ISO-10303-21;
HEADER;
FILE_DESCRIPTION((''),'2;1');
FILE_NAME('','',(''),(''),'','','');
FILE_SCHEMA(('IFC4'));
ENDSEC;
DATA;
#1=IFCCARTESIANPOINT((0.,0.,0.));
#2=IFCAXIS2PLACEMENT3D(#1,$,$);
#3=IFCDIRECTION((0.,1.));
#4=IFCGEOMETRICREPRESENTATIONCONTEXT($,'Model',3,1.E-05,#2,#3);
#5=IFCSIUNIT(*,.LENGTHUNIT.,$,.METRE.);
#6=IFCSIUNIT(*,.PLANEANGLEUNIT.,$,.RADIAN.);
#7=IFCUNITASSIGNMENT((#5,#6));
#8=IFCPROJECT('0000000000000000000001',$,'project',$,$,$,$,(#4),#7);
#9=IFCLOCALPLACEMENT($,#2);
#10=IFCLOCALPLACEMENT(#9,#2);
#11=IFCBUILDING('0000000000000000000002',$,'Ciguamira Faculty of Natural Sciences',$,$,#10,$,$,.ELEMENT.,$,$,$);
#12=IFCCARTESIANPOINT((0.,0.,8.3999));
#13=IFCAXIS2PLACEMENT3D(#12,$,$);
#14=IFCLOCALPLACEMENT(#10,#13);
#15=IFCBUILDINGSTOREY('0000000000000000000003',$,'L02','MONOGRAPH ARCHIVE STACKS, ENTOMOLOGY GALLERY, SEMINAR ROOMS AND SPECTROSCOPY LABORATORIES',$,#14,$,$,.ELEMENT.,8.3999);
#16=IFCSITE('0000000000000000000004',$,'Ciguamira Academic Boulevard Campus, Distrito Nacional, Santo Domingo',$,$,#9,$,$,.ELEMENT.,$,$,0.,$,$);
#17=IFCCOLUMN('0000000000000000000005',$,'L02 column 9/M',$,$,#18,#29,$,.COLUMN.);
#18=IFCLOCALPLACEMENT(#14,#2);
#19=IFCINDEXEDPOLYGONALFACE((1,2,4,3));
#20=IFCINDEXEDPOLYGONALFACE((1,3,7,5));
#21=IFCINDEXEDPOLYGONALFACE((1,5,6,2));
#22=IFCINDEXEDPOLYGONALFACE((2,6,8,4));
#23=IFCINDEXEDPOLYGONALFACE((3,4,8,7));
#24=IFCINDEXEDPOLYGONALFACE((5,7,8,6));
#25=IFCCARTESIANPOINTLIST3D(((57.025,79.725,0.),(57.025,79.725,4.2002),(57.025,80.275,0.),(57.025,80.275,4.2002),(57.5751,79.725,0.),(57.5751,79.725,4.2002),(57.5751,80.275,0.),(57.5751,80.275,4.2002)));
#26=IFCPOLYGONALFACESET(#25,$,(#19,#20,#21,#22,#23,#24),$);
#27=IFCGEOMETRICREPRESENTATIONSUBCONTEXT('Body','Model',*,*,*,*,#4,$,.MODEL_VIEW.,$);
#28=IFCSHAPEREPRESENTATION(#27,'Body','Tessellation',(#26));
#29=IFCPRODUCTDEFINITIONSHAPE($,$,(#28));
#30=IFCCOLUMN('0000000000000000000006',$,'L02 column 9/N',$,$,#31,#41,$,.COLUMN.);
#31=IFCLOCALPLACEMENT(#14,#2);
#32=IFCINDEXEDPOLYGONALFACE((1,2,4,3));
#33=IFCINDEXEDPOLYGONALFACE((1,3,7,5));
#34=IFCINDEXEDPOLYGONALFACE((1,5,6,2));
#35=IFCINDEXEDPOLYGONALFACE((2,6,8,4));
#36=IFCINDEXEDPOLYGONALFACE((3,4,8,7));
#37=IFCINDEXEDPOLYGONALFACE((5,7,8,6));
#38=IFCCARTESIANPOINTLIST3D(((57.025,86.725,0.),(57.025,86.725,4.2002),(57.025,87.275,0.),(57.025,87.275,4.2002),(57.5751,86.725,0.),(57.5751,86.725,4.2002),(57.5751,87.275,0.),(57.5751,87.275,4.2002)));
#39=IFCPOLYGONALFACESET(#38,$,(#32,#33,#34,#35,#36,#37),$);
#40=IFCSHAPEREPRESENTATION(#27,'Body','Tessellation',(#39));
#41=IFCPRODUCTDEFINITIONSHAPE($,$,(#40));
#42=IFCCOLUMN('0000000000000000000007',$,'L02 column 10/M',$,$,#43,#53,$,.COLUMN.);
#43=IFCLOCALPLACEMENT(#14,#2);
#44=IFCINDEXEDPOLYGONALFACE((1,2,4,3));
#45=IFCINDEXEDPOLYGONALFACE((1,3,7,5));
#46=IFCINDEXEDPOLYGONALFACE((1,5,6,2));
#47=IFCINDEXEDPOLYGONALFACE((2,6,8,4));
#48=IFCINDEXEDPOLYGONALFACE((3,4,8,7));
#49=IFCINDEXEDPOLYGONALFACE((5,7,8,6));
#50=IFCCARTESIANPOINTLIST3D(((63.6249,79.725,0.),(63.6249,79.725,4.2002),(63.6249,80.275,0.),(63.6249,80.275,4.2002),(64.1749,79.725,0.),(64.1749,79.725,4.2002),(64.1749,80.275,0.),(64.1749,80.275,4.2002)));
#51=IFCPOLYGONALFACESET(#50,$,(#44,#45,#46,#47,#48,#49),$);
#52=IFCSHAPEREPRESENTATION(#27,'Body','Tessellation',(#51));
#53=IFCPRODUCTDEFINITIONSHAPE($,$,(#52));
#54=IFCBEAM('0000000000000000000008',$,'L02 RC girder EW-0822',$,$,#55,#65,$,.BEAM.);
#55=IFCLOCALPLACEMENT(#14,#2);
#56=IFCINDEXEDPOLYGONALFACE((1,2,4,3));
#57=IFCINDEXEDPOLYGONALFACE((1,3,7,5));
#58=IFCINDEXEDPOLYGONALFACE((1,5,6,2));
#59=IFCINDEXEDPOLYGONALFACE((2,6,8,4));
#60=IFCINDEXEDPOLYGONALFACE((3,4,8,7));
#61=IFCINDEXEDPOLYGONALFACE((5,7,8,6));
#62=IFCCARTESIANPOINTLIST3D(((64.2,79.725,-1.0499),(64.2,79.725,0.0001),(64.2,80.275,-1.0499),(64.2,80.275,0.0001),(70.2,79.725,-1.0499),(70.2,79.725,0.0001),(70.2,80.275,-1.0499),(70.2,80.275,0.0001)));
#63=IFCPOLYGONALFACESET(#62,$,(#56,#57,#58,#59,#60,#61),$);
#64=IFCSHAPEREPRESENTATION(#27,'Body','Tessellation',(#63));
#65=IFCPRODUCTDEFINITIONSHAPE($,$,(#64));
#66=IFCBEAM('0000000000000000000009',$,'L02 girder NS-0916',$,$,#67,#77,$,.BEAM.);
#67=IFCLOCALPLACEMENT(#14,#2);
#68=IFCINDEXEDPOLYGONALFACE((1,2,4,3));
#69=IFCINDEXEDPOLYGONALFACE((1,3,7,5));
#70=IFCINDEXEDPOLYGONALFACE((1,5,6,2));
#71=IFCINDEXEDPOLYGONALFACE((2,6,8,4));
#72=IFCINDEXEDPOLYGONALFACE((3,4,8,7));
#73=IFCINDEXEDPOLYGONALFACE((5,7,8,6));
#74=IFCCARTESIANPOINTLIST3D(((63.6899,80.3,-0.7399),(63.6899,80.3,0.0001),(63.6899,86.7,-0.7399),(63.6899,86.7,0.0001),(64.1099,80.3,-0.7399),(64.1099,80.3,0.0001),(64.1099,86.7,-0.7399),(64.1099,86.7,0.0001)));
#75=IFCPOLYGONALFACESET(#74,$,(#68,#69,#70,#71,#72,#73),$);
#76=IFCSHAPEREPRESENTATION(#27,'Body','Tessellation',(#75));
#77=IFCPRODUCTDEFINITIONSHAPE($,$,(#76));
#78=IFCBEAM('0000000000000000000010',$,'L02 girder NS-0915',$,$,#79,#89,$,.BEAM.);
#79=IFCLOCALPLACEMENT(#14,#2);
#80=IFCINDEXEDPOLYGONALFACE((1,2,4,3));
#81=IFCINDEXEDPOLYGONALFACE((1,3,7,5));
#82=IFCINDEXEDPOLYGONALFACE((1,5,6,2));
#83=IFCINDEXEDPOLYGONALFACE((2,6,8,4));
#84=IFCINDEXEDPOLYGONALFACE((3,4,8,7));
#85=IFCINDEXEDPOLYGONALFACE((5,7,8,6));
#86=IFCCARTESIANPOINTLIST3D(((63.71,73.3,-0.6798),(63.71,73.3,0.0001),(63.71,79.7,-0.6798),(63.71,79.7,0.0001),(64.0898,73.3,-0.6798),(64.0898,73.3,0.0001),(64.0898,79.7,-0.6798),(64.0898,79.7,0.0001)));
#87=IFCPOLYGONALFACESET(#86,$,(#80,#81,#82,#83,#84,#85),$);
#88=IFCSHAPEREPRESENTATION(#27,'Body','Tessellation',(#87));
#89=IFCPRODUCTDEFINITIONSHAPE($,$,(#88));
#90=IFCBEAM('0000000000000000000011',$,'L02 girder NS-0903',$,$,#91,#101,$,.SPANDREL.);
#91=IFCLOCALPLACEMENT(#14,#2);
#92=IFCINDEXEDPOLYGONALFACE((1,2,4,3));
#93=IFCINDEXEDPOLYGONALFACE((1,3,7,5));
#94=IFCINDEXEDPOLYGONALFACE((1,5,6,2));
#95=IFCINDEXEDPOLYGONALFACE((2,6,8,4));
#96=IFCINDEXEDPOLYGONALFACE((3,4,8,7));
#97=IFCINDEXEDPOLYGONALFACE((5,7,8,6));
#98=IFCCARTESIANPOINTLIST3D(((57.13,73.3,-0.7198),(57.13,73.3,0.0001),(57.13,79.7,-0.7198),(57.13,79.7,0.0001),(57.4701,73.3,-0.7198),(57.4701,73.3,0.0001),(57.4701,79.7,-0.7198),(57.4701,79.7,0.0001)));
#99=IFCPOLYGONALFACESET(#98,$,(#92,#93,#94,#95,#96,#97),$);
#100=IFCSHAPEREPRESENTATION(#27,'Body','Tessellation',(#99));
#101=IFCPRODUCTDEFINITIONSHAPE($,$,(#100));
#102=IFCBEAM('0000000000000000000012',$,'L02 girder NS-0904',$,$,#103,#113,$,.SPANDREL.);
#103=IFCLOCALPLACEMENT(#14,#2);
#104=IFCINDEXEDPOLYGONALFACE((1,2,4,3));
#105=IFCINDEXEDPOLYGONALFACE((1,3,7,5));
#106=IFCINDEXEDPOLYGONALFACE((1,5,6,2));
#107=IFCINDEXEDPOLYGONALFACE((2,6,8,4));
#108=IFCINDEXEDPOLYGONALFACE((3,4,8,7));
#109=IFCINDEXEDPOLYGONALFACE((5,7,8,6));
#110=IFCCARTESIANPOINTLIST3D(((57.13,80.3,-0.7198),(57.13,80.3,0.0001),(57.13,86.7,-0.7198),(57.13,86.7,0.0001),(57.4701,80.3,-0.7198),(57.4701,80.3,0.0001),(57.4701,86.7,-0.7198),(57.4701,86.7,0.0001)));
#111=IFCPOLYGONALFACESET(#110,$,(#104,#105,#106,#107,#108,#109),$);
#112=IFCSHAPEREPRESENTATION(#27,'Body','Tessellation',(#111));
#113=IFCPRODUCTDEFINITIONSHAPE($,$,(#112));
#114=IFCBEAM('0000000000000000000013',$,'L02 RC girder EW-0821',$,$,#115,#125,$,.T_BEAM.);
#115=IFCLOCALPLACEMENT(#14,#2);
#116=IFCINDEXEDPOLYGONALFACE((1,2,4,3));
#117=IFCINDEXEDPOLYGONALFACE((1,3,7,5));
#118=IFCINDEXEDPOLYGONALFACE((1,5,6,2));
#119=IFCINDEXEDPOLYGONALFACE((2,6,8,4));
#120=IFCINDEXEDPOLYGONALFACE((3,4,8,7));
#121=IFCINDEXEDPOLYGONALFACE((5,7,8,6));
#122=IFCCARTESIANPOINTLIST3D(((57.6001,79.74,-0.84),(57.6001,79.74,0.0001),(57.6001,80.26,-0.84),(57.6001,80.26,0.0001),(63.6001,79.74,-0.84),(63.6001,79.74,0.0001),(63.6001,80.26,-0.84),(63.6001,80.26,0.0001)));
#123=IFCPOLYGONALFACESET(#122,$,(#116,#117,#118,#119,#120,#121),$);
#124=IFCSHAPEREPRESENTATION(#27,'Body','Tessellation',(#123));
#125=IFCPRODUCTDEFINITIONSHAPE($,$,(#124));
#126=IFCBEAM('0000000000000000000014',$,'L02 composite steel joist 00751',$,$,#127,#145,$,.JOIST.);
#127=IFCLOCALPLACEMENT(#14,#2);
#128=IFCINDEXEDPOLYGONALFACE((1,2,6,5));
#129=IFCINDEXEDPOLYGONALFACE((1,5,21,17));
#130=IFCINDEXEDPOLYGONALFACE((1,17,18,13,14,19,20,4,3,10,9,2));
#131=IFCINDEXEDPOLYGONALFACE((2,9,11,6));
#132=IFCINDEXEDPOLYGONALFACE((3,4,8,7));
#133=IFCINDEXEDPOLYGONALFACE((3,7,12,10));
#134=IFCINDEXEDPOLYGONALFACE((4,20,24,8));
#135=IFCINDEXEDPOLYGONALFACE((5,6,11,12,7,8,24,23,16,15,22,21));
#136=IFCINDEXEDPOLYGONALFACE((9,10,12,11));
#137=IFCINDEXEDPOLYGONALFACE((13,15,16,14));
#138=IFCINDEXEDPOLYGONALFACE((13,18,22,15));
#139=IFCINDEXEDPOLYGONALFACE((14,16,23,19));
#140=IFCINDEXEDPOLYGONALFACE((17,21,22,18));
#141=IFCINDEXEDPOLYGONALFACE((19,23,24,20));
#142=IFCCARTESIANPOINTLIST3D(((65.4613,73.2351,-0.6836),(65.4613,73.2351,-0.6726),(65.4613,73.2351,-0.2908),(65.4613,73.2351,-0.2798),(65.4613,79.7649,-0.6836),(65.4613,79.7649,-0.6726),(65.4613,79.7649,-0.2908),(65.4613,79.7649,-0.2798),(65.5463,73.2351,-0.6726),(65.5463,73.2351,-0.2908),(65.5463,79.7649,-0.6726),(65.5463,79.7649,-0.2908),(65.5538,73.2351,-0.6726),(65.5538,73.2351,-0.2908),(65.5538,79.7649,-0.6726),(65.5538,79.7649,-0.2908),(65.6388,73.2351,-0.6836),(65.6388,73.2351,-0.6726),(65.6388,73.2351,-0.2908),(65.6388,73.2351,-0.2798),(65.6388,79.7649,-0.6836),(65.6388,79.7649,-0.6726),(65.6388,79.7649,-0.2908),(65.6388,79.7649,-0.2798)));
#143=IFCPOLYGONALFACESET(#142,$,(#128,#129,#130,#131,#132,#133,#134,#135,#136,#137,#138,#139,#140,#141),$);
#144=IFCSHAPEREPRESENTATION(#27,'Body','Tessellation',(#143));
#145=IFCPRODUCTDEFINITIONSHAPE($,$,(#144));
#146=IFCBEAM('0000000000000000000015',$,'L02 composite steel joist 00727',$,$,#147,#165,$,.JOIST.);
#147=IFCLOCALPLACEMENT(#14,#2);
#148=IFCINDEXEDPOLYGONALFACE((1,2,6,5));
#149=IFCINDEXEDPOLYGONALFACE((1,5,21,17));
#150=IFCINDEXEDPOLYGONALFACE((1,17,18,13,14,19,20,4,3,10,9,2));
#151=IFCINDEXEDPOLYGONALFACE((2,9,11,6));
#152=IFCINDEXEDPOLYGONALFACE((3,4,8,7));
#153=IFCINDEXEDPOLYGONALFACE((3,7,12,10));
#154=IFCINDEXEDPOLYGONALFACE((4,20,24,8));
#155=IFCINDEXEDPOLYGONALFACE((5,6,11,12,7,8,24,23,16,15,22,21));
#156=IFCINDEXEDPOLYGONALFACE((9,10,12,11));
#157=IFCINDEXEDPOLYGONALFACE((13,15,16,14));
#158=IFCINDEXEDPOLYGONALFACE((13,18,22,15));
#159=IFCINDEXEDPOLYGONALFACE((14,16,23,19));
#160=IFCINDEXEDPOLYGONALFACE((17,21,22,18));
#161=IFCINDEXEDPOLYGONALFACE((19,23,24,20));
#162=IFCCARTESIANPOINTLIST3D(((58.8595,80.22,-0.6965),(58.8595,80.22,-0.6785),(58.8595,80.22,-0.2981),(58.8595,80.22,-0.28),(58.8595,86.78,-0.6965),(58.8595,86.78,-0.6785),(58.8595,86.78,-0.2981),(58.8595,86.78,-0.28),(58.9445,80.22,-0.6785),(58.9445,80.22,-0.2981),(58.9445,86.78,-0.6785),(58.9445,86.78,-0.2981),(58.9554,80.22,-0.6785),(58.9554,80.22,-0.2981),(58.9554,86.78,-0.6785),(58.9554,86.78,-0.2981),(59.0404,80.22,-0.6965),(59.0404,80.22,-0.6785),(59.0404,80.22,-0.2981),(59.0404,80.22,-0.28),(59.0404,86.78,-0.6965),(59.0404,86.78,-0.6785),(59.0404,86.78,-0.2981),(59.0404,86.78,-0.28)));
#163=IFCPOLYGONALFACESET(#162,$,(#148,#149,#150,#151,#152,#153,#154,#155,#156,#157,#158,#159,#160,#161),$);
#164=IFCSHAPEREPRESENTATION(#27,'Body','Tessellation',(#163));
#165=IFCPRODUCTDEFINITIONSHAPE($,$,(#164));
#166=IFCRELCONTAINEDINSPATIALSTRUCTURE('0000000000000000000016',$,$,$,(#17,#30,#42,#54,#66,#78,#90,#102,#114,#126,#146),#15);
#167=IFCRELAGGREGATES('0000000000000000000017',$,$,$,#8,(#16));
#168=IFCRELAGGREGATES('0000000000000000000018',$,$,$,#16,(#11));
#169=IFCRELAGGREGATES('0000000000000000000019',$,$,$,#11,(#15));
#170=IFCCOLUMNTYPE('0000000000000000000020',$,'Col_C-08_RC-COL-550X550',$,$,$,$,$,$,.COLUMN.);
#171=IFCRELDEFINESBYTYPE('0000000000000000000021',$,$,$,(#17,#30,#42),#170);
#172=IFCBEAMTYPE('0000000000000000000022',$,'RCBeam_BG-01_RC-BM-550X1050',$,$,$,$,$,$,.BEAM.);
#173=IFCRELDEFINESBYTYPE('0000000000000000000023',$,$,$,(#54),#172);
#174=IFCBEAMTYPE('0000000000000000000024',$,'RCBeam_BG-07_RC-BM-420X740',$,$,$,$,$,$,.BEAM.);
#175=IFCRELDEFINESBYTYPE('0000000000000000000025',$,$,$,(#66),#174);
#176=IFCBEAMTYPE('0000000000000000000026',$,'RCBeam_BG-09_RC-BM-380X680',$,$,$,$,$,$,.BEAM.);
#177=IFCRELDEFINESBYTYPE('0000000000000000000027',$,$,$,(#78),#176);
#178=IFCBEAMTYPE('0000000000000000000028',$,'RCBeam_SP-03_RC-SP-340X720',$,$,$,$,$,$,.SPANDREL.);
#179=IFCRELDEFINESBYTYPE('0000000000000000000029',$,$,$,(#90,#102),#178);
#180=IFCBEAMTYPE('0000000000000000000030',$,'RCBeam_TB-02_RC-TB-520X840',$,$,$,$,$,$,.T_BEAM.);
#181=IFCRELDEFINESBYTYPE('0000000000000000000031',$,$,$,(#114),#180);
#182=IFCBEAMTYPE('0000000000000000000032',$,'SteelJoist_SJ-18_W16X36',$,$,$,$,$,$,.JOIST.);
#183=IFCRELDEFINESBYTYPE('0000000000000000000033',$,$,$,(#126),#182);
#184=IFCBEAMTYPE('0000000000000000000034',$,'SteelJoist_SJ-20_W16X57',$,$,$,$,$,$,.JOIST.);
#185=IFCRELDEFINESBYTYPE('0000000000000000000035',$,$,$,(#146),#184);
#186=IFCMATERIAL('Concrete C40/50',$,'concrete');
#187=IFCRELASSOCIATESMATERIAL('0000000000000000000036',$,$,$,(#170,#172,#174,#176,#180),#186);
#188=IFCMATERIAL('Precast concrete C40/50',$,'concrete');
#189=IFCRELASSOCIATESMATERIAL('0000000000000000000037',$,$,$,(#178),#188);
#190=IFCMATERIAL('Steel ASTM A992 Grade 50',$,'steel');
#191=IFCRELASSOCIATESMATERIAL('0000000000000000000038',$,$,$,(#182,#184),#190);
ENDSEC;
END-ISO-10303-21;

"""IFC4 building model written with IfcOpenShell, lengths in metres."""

from ifc_helpers import new_model, si_unit, direction, frame, origin, origin_2d, place, context, subcontext, project, spatial, rectangle, i_section, extrude, material, material_profile, profile_set, type_object, element, save


model = new_model("IFC4")

# Units and contexts
model_context = context("Model", 3, precision=1e-05, world=origin(), true_north=direction((0.0, 1.0)))
body_context = subcontext(model_context, "Body", "Model", "MODEL_VIEW")
ifc_project = project(units=[si_unit("LENGTHUNIT", "METRE"), si_unit("PLANEANGLEUNIT", "RADIAN")], contexts=[model_context])

# Site, building, storey
site_placement = place(None, origin())
site = spatial("IfcSite", under=ifc_project, at=site_placement, Name="Ciguamira Academic Boulevard Campus, Distrito Nacional, Santo Domingo", CompositionType="ELEMENT", RefElevation=0.0)
building_placement = place(site_placement, origin())
building = spatial("IfcBuilding", under=site, at=building_placement, Name="Ciguamira Faculty of Natural Sciences", CompositionType="ELEMENT")
storey_placement = place(building_placement, frame((0.0, 0.0, 8.3999)))
storey = spatial("IfcBuildingStorey", under=building, at=storey_placement, Name="L02", Description="MONOGRAPH ARCHIVE STACKS, ENTOMOLOGY GALLERY, SEMINAR ROOMS AND SPECTROSCOPY LABORATORIES", CompositionType="ELEMENT", Elevation=8.3999)

# Columns
ifc_material_1 = material(Name="Concrete C40/50", Category="concrete")
ifc_material_profile_1 = material_profile(ifc_material_1, rectangle(XDim=0.55, YDim=0.55, at=origin_2d()), Name="RC-COL-550X550")
ifc_profile_set_1 = profile_set([ifc_material_profile_1], Name="Concrete C40/50")
column_type = type_object("IfcColumnType", Name="Col_C-08_RC-COL-550X550", PredefinedType="COLUMN", material=ifc_profile_set_1)
for number, where, z_axis, x_axis, name in (
    (1, (57.3, 80.0, 0.0), (0.0, 0.0, 1.0), (1.0, 0.0, 0.0), "L02 column 9/M"),
    (2, (57.3, 87.0, 0.0), (0.0, 0.0, 1.0), (1.0, 0.0, 0.0), "L02 column 9/N"),
    (3, (63.8999, 80.0, 0.0), (0.0, 0.0, 1.0), (1.0, 0.0, 0.0), "L02 column 10/M"),
):
    element("IfcColumn", number, at=place(storey_placement, frame(where, z_axis=z_axis, x_axis=x_axis)), inside=storey, type_object=column_type, Name=name, PredefinedType="COLUMN", context=body_context, shape_type="SweptSolid", body=[
        extrude(rectangle(XDim=0.55, YDim=0.55, at=origin_2d()), origin(), (0.0, 0.0, 1.0), 4.2002),
    ])

# Beams
ifc_material_profile_2 = material_profile(ifc_material_1, rectangle(XDim=0.55, YDim=1.05, at=origin_2d()), Name="RC-BM-550X1050")
ifc_profile_set_2 = profile_set([ifc_material_profile_2], Name="Concrete C40/50")
beam_type_1 = type_object("IfcBeamType", Name="RCBeam_BG-01_RC-BM-550X1050", PredefinedType="BEAM", material=ifc_profile_set_2)
beam_1_placement = place(storey_placement, frame((64.2, 80.0, -0.5249), z_axis=(1.0, 0.0, 0.0), x_axis=(0.0, 1.0, 0.0)))
element("IfcBeam", 4, at=beam_1_placement, inside=storey, type_object=beam_type_1, Name="L02 RC girder EW-0822", PredefinedType="BEAM", context=body_context, shape_type="SweptSolid", body=[
    extrude(rectangle(XDim=0.55, YDim=1.05, at=origin_2d()), origin(), (0.0, 0.0, 1.0), 6.0),
])
ifc_material_profile_3 = material_profile(ifc_material_1, rectangle(XDim=0.4199, YDim=0.74, at=origin_2d()), Name="RC-BM-420X740")
ifc_profile_set_3 = profile_set([ifc_material_profile_3], Name="Concrete C40/50")
beam_type_2 = type_object("IfcBeamType", Name="RCBeam_BG-07_RC-BM-420X740", PredefinedType="BEAM", material=ifc_profile_set_3)
beam_2_placement = place(storey_placement, frame((63.8999, 80.3, -0.3699), z_axis=(0.0, 1.0, 0.0), x_axis=(-1.0, 0.0, 0.0)))
element("IfcBeam", 5, at=beam_2_placement, inside=storey, type_object=beam_type_2, Name="L02 girder NS-0916", PredefinedType="BEAM", context=body_context, shape_type="SweptSolid", body=[
    extrude(rectangle(XDim=0.4199, YDim=0.74, at=origin_2d()), origin(), (0.0, 0.0, 1.0), 6.3999),
])
ifc_material_profile_4 = material_profile(ifc_material_1, rectangle(XDim=0.3799, YDim=0.6799, at=origin_2d()), Name="RC-BM-380X680")
ifc_profile_set_4 = profile_set([ifc_material_profile_4], Name="Concrete C40/50")
beam_type_3 = type_object("IfcBeamType", Name="RCBeam_BG-09_RC-BM-380X680", PredefinedType="BEAM", material=ifc_profile_set_4)
beam_3_placement = place(storey_placement, frame((63.8999, 73.3, -0.3398), z_axis=(0.0, 1.0, 0.0), x_axis=(-1.0, 0.0, 0.0)))
element("IfcBeam", 6, at=beam_3_placement, inside=storey, type_object=beam_type_3, Name="L02 girder NS-0915", PredefinedType="BEAM", context=body_context, shape_type="SweptSolid", body=[
    extrude(rectangle(XDim=0.3799, YDim=0.6799, at=origin_2d()), origin(), (0.0, 0.0, 1.0), 6.3999),
])
ifc_material_2 = material(Name="Precast concrete C40/50", Category="concrete")
ifc_material_profile_5 = material_profile(ifc_material_2, rectangle(XDim=0.3401, YDim=0.72, at=origin_2d()), Name="RC-SP-340X720")
ifc_profile_set_5 = profile_set([ifc_material_profile_5], Name="Precast concrete C40/50")
beam_type_4 = type_object("IfcBeamType", Name="RCBeam_SP-03_RC-SP-340X720", PredefinedType="SPANDREL", material=ifc_profile_set_5)
for number, where, z_axis, x_axis, name in (
    (7, (57.3, 73.3, -0.3599), (0.0, 1.0, 0.0), (-1.0, 0.0, 0.0), "L02 girder NS-0903"),
    (8, (57.3, 80.3, -0.3599), (0.0, 1.0, 0.0), (-1.0, 0.0, 0.0), "L02 girder NS-0904"),
):
    element("IfcBeam", number, at=place(storey_placement, frame(where, z_axis=z_axis, x_axis=x_axis)), inside=storey, type_object=beam_type_4, Name=name, PredefinedType="SPANDREL", context=body_context, shape_type="SweptSolid", body=[
        extrude(rectangle(XDim=0.3401, YDim=0.72, at=origin_2d()), origin(), (0.0, 0.0, 1.0), 6.3999),
    ])
ifc_material_profile_6 = material_profile(ifc_material_1, rectangle(XDim=0.52, YDim=0.8401, at=origin_2d()), Name="RC-TB-520X840")
ifc_profile_set_6 = profile_set([ifc_material_profile_6], Name="Concrete C40/50")
beam_type_5 = type_object("IfcBeamType", Name="RCBeam_TB-02_RC-TB-520X840", PredefinedType="T_BEAM", material=ifc_profile_set_6)
beam_4_placement = place(storey_placement, frame((57.6001, 80.0, -0.4199), z_axis=(1.0, 0.0, 0.0), x_axis=(0.0, 1.0, 0.0)))
element("IfcBeam", 9, at=beam_4_placement, inside=storey, type_object=beam_type_5, Name="L02 RC girder EW-0821", PredefinedType="T_BEAM", context=body_context, shape_type="SweptSolid", body=[
    extrude(rectangle(XDim=0.52, YDim=0.8401, at=origin_2d()), origin(), (0.0, 0.0, 1.0), 6.0),
])
ifc_material_3 = material(Name="Steel ASTM A992 Grade 50", Category="steel")
ifc_material_profile_7 = material_profile(ifc_material_3, i_section(OverallWidth=0.1775, OverallDepth=0.4038, WebThickness=0.0076, FlangeThickness=0.011, at=origin_2d()), Name="W16X36")
ifc_profile_set_7 = profile_set([ifc_material_profile_7], Name="Steel ASTM A992 Grade 50")
beam_type_6 = type_object("IfcBeamType", Name="SteelJoist_SJ-18_W16X36", PredefinedType="JOIST", material=ifc_profile_set_7)
beam_5_placement = place(storey_placement, frame((65.55, 73.2351, -0.4817), z_axis=(0.0, 1.0, 0.0), x_axis=(-1.0, 0.0, 0.0)))
element("IfcBeam", 10, at=beam_5_placement, inside=storey, type_object=beam_type_6, Name="L02 composite steel joist 00751", PredefinedType="JOIST", context=body_context, shape_type="SweptSolid", body=[
    extrude(i_section(OverallWidth=0.1775, OverallDepth=0.4038, WebThickness=0.0076, FlangeThickness=0.011, at=origin_2d()), origin(), (0.0, 0.0, 1.0), 6.5298),
])
ifc_material_profile_8 = material_profile(ifc_material_3, i_section(OverallWidth=0.1809, OverallDepth=0.4165, WebThickness=0.011, FlangeThickness=0.0181, at=origin_2d()), Name="W16X57")
ifc_profile_set_8 = profile_set([ifc_material_profile_8], Name="Steel ASTM A992 Grade 50")
beam_type_7 = type_object("IfcBeamType", Name="SteelJoist_SJ-20_W16X57", PredefinedType="JOIST", material=ifc_profile_set_8)
beam_6_placement = place(storey_placement, frame((58.95, 80.22, -0.4883), z_axis=(0.0, 1.0, 0.0), x_axis=(-1.0, 0.0, 0.0)))
element("IfcBeam", 11, at=beam_6_placement, inside=storey, type_object=beam_type_7, Name="L02 composite steel joist 00727", PredefinedType="JOIST", context=body_context, shape_type="SweptSolid", body=[
    extrude(i_section(OverallWidth=0.1809, OverallDepth=0.4165, WebThickness=0.011, FlangeThickness=0.0181, at=origin_2d()), origin(), (0.0, 0.0, 1.0), 6.5601),
])

save(model, "model.ifc")
